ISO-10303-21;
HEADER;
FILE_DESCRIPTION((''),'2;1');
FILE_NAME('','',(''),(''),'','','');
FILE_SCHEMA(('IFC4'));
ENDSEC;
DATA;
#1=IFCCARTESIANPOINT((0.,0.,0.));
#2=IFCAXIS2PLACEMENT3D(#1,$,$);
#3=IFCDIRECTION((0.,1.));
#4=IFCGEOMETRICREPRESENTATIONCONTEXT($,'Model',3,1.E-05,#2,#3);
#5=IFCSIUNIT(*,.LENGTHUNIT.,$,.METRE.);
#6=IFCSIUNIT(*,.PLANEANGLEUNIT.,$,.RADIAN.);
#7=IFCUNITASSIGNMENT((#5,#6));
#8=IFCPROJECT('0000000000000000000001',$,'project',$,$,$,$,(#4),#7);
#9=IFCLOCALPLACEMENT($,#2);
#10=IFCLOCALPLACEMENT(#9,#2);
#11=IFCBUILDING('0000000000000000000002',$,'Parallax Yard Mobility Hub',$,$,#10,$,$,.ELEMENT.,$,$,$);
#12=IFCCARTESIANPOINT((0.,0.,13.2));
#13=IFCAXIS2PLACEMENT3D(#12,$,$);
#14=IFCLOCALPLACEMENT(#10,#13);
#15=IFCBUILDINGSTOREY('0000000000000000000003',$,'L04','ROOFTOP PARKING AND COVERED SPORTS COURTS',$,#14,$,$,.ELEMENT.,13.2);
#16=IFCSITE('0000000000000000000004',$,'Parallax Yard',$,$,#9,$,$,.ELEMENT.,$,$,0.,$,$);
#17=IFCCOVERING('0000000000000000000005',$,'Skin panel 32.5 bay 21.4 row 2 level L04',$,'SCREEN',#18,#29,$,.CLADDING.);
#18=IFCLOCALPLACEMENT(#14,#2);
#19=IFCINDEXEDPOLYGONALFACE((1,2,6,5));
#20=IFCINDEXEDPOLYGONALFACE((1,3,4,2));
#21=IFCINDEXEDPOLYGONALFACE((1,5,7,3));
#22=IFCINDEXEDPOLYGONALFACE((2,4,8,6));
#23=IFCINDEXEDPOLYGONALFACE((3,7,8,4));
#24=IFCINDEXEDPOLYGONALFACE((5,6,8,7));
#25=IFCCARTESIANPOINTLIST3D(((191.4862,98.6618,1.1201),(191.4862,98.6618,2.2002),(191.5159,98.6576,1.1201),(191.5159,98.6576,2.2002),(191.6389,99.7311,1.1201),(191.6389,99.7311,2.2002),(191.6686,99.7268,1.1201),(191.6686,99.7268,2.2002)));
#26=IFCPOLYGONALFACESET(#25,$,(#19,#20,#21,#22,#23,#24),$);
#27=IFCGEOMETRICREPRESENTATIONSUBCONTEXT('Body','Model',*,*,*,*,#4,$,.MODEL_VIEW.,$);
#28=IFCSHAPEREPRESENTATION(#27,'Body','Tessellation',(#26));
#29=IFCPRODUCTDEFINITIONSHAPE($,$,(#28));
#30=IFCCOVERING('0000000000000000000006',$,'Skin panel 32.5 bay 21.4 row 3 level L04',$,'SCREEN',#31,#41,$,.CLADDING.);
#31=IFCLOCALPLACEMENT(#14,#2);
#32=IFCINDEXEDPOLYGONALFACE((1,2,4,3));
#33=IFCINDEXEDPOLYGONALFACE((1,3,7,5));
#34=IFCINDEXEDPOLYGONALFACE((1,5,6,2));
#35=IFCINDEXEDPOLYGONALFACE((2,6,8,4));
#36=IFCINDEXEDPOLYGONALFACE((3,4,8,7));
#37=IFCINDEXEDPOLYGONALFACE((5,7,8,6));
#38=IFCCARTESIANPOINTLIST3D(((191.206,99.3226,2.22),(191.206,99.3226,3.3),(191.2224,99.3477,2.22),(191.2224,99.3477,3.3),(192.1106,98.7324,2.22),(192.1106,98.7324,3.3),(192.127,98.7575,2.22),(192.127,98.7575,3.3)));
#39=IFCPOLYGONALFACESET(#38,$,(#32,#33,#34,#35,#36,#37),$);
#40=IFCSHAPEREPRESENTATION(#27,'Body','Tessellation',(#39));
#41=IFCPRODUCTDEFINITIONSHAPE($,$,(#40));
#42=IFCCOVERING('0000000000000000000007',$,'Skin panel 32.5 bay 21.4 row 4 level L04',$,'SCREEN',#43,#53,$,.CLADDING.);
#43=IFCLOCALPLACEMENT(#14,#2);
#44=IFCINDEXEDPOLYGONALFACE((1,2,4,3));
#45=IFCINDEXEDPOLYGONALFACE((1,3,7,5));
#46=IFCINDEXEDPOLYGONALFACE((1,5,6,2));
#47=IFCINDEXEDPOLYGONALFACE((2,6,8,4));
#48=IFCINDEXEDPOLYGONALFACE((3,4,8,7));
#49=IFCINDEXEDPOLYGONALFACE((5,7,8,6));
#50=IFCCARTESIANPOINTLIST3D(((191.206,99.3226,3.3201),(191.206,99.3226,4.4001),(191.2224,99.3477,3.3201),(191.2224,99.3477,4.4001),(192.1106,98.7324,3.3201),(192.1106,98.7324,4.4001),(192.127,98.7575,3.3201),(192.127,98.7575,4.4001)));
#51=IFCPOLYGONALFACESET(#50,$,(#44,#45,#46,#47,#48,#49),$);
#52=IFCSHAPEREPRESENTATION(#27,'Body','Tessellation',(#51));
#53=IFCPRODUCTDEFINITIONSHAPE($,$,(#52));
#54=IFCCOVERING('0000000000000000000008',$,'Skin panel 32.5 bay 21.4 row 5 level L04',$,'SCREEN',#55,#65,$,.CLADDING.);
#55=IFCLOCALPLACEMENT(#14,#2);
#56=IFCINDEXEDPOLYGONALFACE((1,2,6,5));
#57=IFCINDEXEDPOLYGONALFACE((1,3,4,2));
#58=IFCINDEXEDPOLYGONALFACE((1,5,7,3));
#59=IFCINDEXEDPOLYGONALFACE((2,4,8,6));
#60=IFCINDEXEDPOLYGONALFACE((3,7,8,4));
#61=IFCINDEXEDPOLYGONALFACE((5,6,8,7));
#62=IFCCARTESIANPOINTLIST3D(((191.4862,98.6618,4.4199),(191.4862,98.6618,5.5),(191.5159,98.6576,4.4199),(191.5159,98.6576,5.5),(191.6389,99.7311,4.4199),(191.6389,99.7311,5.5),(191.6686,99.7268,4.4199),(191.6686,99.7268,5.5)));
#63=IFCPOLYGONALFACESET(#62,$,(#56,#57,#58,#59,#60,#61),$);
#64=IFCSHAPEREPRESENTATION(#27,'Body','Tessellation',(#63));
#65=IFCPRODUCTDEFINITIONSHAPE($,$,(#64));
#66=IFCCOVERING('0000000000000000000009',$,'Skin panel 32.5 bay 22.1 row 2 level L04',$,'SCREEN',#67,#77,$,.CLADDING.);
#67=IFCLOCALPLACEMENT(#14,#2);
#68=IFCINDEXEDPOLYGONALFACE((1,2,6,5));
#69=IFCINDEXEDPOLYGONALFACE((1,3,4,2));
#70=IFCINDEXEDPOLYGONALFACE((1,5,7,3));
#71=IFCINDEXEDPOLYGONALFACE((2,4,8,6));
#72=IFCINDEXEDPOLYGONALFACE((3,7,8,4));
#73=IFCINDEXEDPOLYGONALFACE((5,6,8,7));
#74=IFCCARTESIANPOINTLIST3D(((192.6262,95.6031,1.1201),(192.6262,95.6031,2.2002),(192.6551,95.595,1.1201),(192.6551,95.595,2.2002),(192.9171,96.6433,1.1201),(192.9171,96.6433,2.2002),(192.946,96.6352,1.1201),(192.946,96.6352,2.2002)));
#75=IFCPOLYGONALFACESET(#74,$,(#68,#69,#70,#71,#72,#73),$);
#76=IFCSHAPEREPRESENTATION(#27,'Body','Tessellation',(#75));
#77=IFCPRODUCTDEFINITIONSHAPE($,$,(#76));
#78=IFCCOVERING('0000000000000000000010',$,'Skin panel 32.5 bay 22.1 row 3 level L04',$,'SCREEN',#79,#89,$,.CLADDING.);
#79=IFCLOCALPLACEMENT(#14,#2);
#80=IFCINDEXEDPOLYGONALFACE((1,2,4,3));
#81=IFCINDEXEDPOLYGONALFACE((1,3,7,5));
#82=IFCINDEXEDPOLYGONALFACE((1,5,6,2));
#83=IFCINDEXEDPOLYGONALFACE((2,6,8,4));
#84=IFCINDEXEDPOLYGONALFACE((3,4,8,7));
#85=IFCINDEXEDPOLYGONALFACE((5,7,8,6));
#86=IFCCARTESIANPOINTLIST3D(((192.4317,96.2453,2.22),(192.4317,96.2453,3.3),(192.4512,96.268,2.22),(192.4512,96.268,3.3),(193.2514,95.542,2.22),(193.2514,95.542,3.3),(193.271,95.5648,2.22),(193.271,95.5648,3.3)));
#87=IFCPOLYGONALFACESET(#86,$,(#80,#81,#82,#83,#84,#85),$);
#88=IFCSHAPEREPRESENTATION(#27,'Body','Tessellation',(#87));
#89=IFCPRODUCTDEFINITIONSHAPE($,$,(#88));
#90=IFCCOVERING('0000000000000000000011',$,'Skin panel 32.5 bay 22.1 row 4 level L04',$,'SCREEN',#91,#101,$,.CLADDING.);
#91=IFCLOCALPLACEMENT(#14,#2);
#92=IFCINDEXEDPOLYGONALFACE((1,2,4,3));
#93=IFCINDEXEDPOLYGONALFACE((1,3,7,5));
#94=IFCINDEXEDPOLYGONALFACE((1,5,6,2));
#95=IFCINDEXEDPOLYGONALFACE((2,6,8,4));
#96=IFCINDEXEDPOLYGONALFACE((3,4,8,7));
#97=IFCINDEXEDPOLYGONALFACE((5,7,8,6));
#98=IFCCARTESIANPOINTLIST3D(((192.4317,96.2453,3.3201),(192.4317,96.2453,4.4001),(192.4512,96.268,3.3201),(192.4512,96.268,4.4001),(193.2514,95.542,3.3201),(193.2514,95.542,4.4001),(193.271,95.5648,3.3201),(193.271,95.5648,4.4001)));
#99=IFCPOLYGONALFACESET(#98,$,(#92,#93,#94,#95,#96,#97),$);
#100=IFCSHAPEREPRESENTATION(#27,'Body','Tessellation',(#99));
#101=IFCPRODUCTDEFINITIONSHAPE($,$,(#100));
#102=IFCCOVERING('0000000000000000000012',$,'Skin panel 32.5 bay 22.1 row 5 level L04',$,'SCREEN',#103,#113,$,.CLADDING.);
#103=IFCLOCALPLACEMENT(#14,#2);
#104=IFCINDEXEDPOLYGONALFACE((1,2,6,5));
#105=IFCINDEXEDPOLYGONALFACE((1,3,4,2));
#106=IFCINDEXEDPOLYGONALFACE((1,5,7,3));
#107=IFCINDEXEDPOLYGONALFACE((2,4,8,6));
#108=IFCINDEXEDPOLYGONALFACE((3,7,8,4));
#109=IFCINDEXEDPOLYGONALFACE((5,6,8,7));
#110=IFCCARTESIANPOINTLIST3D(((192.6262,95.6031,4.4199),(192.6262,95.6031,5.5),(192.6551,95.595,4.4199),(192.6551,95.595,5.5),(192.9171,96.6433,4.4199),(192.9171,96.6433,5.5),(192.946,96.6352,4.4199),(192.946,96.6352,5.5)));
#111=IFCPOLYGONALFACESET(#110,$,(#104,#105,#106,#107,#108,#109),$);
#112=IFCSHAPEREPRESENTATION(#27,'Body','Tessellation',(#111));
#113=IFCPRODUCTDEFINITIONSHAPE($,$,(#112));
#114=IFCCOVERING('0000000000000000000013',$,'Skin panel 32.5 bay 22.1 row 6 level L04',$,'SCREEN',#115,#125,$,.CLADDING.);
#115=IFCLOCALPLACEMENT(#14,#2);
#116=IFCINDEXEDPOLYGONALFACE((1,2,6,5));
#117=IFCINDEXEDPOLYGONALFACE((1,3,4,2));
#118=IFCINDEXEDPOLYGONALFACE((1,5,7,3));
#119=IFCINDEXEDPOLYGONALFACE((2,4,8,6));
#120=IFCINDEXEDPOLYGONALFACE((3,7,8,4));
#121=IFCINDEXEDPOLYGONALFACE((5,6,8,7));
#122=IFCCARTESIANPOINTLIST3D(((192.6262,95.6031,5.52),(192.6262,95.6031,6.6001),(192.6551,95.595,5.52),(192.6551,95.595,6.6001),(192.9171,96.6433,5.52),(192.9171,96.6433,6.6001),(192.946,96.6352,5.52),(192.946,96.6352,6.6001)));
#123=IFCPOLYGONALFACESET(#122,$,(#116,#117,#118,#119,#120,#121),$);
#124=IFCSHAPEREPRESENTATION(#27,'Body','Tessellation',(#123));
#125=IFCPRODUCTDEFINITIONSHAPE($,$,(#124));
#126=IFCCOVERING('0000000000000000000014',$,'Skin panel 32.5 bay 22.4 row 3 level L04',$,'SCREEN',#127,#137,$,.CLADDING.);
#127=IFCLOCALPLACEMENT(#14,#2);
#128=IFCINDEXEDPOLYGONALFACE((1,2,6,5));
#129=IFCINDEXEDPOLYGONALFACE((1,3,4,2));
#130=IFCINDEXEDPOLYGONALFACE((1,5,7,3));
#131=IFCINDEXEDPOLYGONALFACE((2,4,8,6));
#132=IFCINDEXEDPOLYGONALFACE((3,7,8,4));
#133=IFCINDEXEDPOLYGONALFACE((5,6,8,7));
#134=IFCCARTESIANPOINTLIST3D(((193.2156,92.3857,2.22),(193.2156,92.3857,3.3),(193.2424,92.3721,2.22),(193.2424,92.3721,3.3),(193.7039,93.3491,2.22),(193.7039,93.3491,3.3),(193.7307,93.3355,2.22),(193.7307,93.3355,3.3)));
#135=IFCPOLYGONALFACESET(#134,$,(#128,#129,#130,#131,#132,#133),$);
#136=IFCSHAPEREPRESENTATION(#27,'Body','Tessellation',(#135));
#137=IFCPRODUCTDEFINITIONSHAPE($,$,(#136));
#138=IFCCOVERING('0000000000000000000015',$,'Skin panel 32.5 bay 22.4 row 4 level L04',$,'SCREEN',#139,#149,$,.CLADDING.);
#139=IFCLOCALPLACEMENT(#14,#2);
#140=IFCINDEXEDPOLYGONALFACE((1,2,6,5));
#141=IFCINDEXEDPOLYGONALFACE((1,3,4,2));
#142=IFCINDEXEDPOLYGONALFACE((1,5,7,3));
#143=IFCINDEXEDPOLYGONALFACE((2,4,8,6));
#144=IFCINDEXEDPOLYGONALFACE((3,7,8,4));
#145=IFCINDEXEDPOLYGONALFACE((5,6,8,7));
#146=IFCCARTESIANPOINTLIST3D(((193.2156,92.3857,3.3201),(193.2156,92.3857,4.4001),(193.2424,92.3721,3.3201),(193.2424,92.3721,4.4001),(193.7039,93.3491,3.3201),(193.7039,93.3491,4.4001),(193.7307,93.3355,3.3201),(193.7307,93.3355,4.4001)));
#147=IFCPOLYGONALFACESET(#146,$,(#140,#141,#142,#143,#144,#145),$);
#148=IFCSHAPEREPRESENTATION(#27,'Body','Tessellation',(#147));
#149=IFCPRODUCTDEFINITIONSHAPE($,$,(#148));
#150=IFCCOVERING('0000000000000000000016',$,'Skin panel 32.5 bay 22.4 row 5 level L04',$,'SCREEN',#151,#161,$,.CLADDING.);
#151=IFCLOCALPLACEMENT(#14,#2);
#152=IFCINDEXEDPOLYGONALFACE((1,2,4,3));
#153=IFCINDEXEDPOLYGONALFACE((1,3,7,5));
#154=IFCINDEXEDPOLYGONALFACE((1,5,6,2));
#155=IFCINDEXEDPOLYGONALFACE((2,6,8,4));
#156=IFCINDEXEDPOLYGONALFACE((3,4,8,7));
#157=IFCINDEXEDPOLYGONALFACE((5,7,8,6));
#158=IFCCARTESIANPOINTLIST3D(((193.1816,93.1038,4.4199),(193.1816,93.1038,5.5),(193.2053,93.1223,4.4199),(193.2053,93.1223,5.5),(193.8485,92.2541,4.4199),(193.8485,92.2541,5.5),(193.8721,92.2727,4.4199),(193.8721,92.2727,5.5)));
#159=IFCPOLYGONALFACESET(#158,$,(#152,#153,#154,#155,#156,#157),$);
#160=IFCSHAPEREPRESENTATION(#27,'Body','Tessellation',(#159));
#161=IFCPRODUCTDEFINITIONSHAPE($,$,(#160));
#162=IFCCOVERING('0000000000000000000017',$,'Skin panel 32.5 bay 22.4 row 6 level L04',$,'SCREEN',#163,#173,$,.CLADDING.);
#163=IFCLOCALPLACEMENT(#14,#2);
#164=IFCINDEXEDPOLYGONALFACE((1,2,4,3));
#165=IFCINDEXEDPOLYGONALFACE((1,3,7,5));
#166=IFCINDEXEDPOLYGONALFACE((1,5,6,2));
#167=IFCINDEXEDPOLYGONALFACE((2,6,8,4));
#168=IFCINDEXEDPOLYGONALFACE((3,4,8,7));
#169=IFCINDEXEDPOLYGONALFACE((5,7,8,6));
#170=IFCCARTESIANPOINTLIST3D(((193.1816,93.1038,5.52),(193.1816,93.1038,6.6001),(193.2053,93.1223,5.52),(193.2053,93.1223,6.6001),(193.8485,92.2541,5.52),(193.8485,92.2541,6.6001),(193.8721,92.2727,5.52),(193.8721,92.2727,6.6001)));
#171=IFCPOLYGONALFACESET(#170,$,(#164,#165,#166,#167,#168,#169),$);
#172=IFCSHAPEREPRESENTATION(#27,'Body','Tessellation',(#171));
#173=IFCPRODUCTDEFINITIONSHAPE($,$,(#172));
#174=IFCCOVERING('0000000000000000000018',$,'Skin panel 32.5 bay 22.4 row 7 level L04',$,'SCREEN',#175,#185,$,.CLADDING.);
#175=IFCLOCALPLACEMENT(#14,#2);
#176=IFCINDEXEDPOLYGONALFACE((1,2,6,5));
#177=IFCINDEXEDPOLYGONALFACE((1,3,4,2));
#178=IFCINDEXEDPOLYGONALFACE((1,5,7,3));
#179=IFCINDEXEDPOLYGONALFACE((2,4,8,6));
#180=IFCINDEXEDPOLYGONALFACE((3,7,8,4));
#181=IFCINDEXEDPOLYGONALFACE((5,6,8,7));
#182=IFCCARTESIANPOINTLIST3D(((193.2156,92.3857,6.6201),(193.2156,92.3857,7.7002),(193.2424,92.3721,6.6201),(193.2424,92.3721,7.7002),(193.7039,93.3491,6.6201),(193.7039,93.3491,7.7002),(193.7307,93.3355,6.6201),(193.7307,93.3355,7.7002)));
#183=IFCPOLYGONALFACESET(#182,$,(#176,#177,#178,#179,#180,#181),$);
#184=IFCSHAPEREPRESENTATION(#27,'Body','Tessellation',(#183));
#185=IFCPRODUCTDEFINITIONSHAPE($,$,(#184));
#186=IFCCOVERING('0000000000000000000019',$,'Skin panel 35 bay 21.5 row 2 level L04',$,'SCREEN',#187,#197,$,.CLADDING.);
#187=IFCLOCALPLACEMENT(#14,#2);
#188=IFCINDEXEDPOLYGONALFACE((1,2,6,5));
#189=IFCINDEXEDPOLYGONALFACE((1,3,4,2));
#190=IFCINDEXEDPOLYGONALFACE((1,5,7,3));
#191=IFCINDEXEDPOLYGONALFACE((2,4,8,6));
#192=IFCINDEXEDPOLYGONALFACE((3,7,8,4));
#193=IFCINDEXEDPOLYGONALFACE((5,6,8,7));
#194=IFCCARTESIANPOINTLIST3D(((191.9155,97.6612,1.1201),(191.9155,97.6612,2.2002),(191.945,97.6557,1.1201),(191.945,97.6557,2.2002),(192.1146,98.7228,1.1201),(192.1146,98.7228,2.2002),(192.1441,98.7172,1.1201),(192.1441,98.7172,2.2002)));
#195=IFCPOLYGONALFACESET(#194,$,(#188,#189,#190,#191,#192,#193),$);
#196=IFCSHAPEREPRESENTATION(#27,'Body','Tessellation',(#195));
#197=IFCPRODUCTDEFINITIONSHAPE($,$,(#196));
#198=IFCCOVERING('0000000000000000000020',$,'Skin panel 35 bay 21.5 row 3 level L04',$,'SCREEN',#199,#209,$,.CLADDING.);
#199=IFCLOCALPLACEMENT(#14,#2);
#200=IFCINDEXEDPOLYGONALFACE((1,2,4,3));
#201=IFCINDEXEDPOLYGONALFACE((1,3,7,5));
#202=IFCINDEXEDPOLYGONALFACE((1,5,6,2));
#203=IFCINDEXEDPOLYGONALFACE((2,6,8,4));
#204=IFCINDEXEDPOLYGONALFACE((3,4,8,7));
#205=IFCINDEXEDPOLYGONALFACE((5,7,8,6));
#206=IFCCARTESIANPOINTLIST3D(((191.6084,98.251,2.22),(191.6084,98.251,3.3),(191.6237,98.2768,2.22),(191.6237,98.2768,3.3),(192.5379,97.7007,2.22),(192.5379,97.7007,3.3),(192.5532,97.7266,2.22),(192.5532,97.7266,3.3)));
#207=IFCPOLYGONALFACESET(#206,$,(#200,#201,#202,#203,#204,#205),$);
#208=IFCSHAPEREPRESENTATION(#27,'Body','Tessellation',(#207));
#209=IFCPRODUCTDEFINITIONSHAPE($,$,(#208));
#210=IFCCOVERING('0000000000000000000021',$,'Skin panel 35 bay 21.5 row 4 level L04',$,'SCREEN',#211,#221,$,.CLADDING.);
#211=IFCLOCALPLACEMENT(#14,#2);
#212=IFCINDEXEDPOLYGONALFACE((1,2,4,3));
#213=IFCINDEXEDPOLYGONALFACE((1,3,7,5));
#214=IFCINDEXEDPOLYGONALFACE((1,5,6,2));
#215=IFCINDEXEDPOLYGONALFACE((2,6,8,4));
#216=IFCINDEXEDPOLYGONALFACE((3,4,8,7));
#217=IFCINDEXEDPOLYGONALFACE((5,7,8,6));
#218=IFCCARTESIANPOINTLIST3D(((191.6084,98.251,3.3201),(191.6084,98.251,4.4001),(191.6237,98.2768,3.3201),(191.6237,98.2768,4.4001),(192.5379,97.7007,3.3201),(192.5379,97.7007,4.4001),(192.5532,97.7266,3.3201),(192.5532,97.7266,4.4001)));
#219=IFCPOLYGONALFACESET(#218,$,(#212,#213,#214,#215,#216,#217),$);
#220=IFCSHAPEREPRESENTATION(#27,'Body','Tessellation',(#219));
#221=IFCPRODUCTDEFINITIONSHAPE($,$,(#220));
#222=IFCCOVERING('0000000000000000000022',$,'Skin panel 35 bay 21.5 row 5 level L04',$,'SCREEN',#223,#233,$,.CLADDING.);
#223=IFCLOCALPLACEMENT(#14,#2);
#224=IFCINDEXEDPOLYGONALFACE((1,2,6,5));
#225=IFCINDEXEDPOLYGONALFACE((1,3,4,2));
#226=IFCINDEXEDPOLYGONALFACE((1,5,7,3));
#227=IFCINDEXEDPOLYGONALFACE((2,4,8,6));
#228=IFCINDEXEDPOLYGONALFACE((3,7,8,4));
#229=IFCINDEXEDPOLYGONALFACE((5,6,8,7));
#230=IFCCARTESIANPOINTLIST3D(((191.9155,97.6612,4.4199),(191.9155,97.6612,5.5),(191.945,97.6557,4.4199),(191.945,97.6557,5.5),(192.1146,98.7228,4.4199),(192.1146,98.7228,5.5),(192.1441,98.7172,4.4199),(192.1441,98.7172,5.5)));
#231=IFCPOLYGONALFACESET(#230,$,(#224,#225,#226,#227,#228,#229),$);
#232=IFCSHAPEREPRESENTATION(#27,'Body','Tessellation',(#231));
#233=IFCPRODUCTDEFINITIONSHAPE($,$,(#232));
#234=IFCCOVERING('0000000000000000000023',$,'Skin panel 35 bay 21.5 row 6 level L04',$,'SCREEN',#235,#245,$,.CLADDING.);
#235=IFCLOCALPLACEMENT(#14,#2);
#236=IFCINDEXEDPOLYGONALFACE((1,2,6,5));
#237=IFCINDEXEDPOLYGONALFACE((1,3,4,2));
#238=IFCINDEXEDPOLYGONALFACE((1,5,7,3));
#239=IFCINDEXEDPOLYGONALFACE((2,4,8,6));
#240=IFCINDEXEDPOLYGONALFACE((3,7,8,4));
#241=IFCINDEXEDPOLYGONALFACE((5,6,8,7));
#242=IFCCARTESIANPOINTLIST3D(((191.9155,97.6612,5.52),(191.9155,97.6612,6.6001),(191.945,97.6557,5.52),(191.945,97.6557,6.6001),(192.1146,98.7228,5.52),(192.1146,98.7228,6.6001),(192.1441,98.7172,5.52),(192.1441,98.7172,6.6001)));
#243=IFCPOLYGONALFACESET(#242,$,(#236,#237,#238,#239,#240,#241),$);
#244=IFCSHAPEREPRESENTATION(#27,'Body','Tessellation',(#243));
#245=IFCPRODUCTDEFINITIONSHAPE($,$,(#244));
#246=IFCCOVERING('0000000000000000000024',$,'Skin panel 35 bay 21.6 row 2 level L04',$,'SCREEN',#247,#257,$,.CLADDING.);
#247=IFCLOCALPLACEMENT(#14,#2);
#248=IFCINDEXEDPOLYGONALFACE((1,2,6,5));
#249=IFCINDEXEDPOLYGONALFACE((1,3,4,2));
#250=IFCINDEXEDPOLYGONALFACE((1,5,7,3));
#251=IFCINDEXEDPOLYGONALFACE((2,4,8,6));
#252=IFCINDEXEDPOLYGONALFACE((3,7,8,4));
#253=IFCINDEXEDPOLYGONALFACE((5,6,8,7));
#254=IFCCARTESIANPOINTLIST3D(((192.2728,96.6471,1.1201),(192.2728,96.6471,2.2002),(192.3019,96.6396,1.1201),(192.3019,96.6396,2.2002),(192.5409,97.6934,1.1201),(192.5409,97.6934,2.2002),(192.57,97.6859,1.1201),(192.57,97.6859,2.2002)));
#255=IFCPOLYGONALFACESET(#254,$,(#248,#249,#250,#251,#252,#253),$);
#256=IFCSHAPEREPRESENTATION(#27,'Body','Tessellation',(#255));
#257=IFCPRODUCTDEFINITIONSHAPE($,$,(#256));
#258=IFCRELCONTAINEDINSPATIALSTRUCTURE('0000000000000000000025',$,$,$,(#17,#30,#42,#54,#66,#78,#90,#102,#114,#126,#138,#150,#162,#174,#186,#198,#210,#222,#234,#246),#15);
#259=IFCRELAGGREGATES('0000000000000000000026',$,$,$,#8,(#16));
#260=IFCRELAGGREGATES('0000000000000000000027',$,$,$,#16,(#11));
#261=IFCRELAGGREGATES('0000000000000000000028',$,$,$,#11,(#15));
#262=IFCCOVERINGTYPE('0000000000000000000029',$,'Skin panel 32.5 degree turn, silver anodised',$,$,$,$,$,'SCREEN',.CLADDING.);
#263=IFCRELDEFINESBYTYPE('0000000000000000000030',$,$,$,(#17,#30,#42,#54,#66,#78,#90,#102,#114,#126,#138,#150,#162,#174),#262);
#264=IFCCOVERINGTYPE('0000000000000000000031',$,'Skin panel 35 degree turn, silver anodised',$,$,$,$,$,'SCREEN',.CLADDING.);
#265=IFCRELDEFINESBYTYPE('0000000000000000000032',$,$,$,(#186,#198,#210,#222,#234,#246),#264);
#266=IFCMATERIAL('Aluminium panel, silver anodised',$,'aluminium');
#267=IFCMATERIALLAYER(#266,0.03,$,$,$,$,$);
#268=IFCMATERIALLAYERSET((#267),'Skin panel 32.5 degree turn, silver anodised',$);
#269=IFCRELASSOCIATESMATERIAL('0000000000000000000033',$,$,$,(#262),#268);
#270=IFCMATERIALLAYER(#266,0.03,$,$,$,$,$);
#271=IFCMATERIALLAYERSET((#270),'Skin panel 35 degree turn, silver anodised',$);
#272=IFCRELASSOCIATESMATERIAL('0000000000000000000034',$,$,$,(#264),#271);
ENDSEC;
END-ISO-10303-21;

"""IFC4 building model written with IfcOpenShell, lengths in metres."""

from ifc_helpers import new_model, si_unit, direction, frame, origin, origin_2d, place, context, subcontext, project, spatial, rectangle, extrude, material, layer, layer_set, type_object, element, save


model = new_model("IFC4")

# Units and contexts
model_context = context("Model", 3, precision=1e-05, world=origin(), true_north=direction((0.0, 1.0)))
body_context = subcontext(model_context, "Body", "Model", "MODEL_VIEW")
ifc_project = project(units=[si_unit("LENGTHUNIT", "METRE"), si_unit("PLANEANGLEUNIT", "RADIAN")], contexts=[model_context])

# Site, building, storey
site_placement = place(None, origin())
site = spatial("IfcSite", under=ifc_project, at=site_placement, Name="Parallax Yard", CompositionType="ELEMENT", RefElevation=0.0)
building_placement = place(site_placement, origin())
building = spatial("IfcBuilding", under=site, at=building_placement, Name="Parallax Yard Mobility Hub", CompositionType="ELEMENT")
storey_placement = place(building_placement, frame((0.0, 0.0, 13.2)))
storey = spatial("IfcBuildingStorey", under=building, at=storey_placement, Name="L04", Description="ROOFTOP PARKING AND COVERED SPORTS COURTS", CompositionType="ELEMENT", Elevation=13.2)

# Coverings
ifc_material = material(Name="Aluminium panel, silver anodised", Category="aluminium")
ifc_layer_1 = layer(ifc_material, 0.03)
ifc_layer_set_1 = layer_set([ifc_layer_1], Name="Skin panel 32.5 degree turn, silver anodised")
covering_type_1 = type_object("IfcCoveringType", Name="Skin panel 32.5 degree turn, silver anodised", ElementType="SCREEN", PredefinedType="CLADDING", material=ifc_layer_set_1)
for number, where, z_axis, x_axis, name in (
    (1, (191.5774, 99.1943, 1.1201), (0.0, 0.0, 1.0), (-0.141333, -0.989962, 0.0), "Skin panel 32.5 bay 21.4 row 2 level L04"),
    (2, (191.6665, 99.04, 2.22), (0.0, 0.0, 1.0), (-0.83748, 0.546467, 0.0), "Skin panel 32.5 bay 21.4 row 3 level L04"),
    (3, (191.6665, 99.04, 3.3201), (0.0, 0.0, 1.0), (-0.83748, 0.546467, 0.0), "Skin panel 32.5 bay 21.4 row 4 level L04"),
    (4, (191.5774, 99.1943, 4.4199), (0.0, 0.0, 1.0), (-0.141333, -0.989962, 0.0), "Skin panel 32.5 bay 21.4 row 5 level L04"),
    (5, (192.7861, 96.1191, 1.1201), (0.0, 0.0, 1.0), (-0.26934, -0.963045, 0.0), "Skin panel 32.5 bay 22.1 row 2 level L04"),
    (6, (192.8513, 95.905, 2.22), (0.0, 0.0, 1.0), (-0.758987, 0.651105, 0.0), "Skin panel 32.5 bay 22.1 row 3 level L04"),
    (7, (192.8513, 95.905, 3.3201), (0.0, 0.0, 1.0), (-0.758987, 0.651105, 0.0), "Skin panel 32.5 bay 22.1 row 4 level L04"),
    (8, (192.7861, 96.1191, 4.4199), (0.0, 0.0, 1.0), (-0.26934, -0.963045, 0.0), "Skin panel 32.5 bay 22.1 row 5 level L04"),
    (9, (192.7861, 96.1191, 5.52), (0.0, 0.0, 1.0), (-0.26934, -0.963045, 0.0), "Skin panel 32.5 bay 22.1 row 6 level L04"),
    (10, (193.4731, 92.8606, 2.22), (0.0, 0.0, 1.0), (-0.452046, -0.891995, 0.0), "Skin panel 32.5 bay 22.4 row 3 level L04"),
    (11, (193.4731, 92.8606, 3.3201), (0.0, 0.0, 1.0), (-0.452046, -0.891995, 0.0), "Skin panel 32.5 bay 22.4 row 4 level L04"),
    (12, (193.5269, 92.6882, 4.4199), (0.0, 0.0, 1.0), (-0.617379, 0.786666, 0.0), "Skin panel 32.5 bay 22.4 row 5 level L04"),
    (13, (193.5269, 92.6882, 5.52), (0.0, 0.0, 1.0), (-0.617379, 0.786666, 0.0), "Skin panel 32.5 bay 22.4 row 6 level L04"),
    (14, (193.4731, 92.8606, 6.6201), (0.0, 0.0, 1.0), (-0.452046, -0.891995, 0.0), "Skin panel 32.5 bay 22.4 row 7 level L04"),
):
    element("IfcCovering", number, at=place(storey_placement, frame(where, z_axis=z_axis, x_axis=x_axis)), inside=storey, type_object=covering_type_1, Name=name, ObjectType="SCREEN", PredefinedType="CLADDING", context=body_context, shape_type="SweptSolid", body=[
        extrude(rectangle(XDim=1.0801, YDim=0.03, at=origin_2d()), origin(), (0.0, 0.0, 1.0), 1.0801),
    ])
ifc_layer_2 = layer(ifc_material, 0.03)
ifc_layer_set_2 = layer_set([ifc_layer_2], Name="Skin panel 35 degree turn, silver anodised")
covering_type_2 = type_object("IfcCoveringType", Name="Skin panel 35 degree turn, silver anodised", ElementType="SCREEN", PredefinedType="CLADDING", material=ifc_layer_set_2)
for number, where, z_axis, x_axis, name in (
    (15, (192.0298, 98.1892, 1.1201), (0.0, 0.0, 1.0), (-0.18438, -0.982855, 0.0), "Skin panel 35 bay 21.5 row 2 level L04"),
    (16, (192.0808, 97.9888, 2.22), (0.0, 0.0, 1.0), (-0.86052, 0.509417, 0.0), "Skin panel 35 bay 21.5 row 3 level L04"),
    (17, (192.0808, 97.9888, 3.3201), (0.0, 0.0, 1.0), (-0.86052, 0.509417, 0.0), "Skin panel 35 bay 21.5 row 4 level L04"),
    (18, (192.0298, 98.1892, 4.4199), (0.0, 0.0, 1.0), (-0.18438, -0.982855, 0.0), "Skin panel 35 bay 21.5 row 5 level L04"),
    (19, (192.0298, 98.1892, 5.52), (0.0, 0.0, 1.0), (-0.18438, -0.982855, 0.0), "Skin panel 35 bay 21.5 row 6 level L04"),
    (20, (192.4214, 97.1665, 1.1201), (0.0, 0.0, 1.0), (-0.248267, -0.968692, 0.0), "Skin panel 35 bay 21.6 row 2 level L04"),
):
    element("IfcCovering", number, at=place(storey_placement, frame(where, z_axis=z_axis, x_axis=x_axis)), inside=storey, type_object=covering_type_2, Name=name, ObjectType="SCREEN", PredefinedType="CLADDING", context=body_context, shape_type="SweptSolid", body=[
        extrude(rectangle(XDim=1.0801, YDim=0.03, at=origin_2d()), origin(), (0.0, 0.0, 1.0), 1.0801),
    ])

save(model, "model.ifc")
